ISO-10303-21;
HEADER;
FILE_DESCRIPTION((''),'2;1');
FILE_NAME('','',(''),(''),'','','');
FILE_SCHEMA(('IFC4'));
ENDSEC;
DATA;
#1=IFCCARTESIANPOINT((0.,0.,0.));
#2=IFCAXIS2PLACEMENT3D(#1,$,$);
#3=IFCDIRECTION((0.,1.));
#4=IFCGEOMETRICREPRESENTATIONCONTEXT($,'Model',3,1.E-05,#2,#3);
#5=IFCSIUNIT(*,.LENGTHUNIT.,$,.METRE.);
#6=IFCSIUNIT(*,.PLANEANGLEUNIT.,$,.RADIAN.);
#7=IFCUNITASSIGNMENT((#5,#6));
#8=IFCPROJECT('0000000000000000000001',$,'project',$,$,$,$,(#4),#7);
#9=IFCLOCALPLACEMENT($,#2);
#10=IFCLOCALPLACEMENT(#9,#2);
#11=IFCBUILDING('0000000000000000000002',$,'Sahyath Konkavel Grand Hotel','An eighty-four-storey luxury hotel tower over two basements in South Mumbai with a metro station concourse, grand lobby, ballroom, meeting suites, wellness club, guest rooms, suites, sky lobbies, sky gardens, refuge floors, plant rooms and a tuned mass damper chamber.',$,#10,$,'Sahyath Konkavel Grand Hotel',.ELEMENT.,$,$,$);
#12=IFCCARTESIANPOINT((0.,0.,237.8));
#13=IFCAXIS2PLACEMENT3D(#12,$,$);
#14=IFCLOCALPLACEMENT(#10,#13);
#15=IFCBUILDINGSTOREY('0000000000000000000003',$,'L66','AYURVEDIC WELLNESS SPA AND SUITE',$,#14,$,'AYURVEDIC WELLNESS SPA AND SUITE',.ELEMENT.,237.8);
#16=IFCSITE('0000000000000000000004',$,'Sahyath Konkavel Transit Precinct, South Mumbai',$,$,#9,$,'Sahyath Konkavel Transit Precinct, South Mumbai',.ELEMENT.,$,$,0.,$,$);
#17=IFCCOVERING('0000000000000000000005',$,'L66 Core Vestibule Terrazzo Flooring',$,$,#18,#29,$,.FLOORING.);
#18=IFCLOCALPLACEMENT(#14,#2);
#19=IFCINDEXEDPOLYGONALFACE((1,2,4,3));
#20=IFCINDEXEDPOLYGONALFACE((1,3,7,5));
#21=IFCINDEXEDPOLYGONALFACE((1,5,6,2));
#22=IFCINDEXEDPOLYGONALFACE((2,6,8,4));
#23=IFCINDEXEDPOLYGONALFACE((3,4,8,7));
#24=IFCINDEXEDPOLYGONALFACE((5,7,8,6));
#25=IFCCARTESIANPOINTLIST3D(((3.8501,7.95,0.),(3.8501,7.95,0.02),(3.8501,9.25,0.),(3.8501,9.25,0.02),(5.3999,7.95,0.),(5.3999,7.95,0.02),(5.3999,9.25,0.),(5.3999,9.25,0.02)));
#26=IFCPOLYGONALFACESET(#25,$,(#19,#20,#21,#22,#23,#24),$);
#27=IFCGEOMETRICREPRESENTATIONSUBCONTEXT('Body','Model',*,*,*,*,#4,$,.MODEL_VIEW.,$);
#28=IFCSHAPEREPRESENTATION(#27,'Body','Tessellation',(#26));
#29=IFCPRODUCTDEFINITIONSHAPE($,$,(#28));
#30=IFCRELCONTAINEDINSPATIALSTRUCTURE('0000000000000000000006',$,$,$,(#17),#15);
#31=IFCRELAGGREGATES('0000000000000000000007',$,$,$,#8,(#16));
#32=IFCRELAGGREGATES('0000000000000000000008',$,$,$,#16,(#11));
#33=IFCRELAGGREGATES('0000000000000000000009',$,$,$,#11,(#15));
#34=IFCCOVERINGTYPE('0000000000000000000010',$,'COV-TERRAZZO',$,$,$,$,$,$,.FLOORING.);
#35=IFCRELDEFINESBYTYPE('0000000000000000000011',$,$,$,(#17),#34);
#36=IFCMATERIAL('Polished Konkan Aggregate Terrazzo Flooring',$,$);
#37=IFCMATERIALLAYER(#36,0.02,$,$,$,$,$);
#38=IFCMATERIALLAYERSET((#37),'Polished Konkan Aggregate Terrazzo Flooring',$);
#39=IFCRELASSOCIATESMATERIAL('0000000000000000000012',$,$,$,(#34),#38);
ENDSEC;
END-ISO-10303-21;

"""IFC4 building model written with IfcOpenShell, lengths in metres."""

from ifc_helpers import new_model, si_unit, direction, frame, origin, place, context, subcontext, project, spatial, polyline, outline, extrude, material, layer, layer_set, type_object, element, save


model = new_model("IFC4")

# Units and contexts
model_context = context("Model", 3, precision=1e-05, world=origin(), true_north=direction((0.0, 1.0)))
body_context = subcontext(model_context, "Body", "Model", "MODEL_VIEW")
ifc_project = project(units=[si_unit("LENGTHUNIT", "METRE"), si_unit("PLANEANGLEUNIT", "RADIAN")], contexts=[model_context])

# Site, building, storey
site_placement = place(None, origin())
site = spatial("IfcSite", under=ifc_project, at=site_placement, Name="Sahyath Konkavel Transit Precinct, South Mumbai", LongName="Sahyath Konkavel Transit Precinct, South Mumbai", CompositionType="ELEMENT", RefElevation=0.0)
building_placement = place(site_placement, origin())
building = spatial("IfcBuilding", under=site, at=building_placement, Name="Sahyath Konkavel Grand Hotel", Description="An eighty-four-storey luxury hotel tower over two basements in South Mumbai with a metro station concourse, grand lobby, ballroom, meeting suites, wellness club, guest rooms, suites, sky lobbies, sky gardens, refuge floors, plant rooms and a tuned mass damper chamber.", LongName="Sahyath Konkavel Grand Hotel", CompositionType="ELEMENT")
storey_placement = place(building_placement, frame((0.0, 0.0, 237.8)))
storey = spatial("IfcBuildingStorey", under=building, at=storey_placement, Name="L66", Description="AYURVEDIC WELLNESS SPA AND SUITE", LongName="AYURVEDIC WELLNESS SPA AND SUITE", CompositionType="ELEMENT", Elevation=237.8)

# Covering
ifc_material_1 = material(Name="Polished Konkan Aggregate Terrazzo Flooring")
ifc_layer_1 = layer(ifc_material_1, 0.02)
ifc_layer_set_1 = layer_set([ifc_layer_1], Name="Polished Konkan Aggregate Terrazzo Flooring")
covering_type_1 = type_object("IfcCoveringType", Name="COV-TERRAZZO", PredefinedType="FLOORING", material=ifc_layer_set_1)
covering_1_placement = place(storey_placement, origin())
element("IfcCovering", 1, at=covering_1_placement, inside=storey, type_object=covering_type_1, Name="L66 Core Vestibule Terrazzo Flooring", PredefinedType="FLOORING", context=body_context, shape_type="SweptSolid", body=[
    extrude(outline(polyline([(3.8501, 7.95), (5.3999, 7.95), (5.3999, 9.25), (3.8501, 9.25), (3.8501, 7.95)])), origin(), (0.0, 0.0, 1.0), 0.02),
])

save(model, "model.ifc")
